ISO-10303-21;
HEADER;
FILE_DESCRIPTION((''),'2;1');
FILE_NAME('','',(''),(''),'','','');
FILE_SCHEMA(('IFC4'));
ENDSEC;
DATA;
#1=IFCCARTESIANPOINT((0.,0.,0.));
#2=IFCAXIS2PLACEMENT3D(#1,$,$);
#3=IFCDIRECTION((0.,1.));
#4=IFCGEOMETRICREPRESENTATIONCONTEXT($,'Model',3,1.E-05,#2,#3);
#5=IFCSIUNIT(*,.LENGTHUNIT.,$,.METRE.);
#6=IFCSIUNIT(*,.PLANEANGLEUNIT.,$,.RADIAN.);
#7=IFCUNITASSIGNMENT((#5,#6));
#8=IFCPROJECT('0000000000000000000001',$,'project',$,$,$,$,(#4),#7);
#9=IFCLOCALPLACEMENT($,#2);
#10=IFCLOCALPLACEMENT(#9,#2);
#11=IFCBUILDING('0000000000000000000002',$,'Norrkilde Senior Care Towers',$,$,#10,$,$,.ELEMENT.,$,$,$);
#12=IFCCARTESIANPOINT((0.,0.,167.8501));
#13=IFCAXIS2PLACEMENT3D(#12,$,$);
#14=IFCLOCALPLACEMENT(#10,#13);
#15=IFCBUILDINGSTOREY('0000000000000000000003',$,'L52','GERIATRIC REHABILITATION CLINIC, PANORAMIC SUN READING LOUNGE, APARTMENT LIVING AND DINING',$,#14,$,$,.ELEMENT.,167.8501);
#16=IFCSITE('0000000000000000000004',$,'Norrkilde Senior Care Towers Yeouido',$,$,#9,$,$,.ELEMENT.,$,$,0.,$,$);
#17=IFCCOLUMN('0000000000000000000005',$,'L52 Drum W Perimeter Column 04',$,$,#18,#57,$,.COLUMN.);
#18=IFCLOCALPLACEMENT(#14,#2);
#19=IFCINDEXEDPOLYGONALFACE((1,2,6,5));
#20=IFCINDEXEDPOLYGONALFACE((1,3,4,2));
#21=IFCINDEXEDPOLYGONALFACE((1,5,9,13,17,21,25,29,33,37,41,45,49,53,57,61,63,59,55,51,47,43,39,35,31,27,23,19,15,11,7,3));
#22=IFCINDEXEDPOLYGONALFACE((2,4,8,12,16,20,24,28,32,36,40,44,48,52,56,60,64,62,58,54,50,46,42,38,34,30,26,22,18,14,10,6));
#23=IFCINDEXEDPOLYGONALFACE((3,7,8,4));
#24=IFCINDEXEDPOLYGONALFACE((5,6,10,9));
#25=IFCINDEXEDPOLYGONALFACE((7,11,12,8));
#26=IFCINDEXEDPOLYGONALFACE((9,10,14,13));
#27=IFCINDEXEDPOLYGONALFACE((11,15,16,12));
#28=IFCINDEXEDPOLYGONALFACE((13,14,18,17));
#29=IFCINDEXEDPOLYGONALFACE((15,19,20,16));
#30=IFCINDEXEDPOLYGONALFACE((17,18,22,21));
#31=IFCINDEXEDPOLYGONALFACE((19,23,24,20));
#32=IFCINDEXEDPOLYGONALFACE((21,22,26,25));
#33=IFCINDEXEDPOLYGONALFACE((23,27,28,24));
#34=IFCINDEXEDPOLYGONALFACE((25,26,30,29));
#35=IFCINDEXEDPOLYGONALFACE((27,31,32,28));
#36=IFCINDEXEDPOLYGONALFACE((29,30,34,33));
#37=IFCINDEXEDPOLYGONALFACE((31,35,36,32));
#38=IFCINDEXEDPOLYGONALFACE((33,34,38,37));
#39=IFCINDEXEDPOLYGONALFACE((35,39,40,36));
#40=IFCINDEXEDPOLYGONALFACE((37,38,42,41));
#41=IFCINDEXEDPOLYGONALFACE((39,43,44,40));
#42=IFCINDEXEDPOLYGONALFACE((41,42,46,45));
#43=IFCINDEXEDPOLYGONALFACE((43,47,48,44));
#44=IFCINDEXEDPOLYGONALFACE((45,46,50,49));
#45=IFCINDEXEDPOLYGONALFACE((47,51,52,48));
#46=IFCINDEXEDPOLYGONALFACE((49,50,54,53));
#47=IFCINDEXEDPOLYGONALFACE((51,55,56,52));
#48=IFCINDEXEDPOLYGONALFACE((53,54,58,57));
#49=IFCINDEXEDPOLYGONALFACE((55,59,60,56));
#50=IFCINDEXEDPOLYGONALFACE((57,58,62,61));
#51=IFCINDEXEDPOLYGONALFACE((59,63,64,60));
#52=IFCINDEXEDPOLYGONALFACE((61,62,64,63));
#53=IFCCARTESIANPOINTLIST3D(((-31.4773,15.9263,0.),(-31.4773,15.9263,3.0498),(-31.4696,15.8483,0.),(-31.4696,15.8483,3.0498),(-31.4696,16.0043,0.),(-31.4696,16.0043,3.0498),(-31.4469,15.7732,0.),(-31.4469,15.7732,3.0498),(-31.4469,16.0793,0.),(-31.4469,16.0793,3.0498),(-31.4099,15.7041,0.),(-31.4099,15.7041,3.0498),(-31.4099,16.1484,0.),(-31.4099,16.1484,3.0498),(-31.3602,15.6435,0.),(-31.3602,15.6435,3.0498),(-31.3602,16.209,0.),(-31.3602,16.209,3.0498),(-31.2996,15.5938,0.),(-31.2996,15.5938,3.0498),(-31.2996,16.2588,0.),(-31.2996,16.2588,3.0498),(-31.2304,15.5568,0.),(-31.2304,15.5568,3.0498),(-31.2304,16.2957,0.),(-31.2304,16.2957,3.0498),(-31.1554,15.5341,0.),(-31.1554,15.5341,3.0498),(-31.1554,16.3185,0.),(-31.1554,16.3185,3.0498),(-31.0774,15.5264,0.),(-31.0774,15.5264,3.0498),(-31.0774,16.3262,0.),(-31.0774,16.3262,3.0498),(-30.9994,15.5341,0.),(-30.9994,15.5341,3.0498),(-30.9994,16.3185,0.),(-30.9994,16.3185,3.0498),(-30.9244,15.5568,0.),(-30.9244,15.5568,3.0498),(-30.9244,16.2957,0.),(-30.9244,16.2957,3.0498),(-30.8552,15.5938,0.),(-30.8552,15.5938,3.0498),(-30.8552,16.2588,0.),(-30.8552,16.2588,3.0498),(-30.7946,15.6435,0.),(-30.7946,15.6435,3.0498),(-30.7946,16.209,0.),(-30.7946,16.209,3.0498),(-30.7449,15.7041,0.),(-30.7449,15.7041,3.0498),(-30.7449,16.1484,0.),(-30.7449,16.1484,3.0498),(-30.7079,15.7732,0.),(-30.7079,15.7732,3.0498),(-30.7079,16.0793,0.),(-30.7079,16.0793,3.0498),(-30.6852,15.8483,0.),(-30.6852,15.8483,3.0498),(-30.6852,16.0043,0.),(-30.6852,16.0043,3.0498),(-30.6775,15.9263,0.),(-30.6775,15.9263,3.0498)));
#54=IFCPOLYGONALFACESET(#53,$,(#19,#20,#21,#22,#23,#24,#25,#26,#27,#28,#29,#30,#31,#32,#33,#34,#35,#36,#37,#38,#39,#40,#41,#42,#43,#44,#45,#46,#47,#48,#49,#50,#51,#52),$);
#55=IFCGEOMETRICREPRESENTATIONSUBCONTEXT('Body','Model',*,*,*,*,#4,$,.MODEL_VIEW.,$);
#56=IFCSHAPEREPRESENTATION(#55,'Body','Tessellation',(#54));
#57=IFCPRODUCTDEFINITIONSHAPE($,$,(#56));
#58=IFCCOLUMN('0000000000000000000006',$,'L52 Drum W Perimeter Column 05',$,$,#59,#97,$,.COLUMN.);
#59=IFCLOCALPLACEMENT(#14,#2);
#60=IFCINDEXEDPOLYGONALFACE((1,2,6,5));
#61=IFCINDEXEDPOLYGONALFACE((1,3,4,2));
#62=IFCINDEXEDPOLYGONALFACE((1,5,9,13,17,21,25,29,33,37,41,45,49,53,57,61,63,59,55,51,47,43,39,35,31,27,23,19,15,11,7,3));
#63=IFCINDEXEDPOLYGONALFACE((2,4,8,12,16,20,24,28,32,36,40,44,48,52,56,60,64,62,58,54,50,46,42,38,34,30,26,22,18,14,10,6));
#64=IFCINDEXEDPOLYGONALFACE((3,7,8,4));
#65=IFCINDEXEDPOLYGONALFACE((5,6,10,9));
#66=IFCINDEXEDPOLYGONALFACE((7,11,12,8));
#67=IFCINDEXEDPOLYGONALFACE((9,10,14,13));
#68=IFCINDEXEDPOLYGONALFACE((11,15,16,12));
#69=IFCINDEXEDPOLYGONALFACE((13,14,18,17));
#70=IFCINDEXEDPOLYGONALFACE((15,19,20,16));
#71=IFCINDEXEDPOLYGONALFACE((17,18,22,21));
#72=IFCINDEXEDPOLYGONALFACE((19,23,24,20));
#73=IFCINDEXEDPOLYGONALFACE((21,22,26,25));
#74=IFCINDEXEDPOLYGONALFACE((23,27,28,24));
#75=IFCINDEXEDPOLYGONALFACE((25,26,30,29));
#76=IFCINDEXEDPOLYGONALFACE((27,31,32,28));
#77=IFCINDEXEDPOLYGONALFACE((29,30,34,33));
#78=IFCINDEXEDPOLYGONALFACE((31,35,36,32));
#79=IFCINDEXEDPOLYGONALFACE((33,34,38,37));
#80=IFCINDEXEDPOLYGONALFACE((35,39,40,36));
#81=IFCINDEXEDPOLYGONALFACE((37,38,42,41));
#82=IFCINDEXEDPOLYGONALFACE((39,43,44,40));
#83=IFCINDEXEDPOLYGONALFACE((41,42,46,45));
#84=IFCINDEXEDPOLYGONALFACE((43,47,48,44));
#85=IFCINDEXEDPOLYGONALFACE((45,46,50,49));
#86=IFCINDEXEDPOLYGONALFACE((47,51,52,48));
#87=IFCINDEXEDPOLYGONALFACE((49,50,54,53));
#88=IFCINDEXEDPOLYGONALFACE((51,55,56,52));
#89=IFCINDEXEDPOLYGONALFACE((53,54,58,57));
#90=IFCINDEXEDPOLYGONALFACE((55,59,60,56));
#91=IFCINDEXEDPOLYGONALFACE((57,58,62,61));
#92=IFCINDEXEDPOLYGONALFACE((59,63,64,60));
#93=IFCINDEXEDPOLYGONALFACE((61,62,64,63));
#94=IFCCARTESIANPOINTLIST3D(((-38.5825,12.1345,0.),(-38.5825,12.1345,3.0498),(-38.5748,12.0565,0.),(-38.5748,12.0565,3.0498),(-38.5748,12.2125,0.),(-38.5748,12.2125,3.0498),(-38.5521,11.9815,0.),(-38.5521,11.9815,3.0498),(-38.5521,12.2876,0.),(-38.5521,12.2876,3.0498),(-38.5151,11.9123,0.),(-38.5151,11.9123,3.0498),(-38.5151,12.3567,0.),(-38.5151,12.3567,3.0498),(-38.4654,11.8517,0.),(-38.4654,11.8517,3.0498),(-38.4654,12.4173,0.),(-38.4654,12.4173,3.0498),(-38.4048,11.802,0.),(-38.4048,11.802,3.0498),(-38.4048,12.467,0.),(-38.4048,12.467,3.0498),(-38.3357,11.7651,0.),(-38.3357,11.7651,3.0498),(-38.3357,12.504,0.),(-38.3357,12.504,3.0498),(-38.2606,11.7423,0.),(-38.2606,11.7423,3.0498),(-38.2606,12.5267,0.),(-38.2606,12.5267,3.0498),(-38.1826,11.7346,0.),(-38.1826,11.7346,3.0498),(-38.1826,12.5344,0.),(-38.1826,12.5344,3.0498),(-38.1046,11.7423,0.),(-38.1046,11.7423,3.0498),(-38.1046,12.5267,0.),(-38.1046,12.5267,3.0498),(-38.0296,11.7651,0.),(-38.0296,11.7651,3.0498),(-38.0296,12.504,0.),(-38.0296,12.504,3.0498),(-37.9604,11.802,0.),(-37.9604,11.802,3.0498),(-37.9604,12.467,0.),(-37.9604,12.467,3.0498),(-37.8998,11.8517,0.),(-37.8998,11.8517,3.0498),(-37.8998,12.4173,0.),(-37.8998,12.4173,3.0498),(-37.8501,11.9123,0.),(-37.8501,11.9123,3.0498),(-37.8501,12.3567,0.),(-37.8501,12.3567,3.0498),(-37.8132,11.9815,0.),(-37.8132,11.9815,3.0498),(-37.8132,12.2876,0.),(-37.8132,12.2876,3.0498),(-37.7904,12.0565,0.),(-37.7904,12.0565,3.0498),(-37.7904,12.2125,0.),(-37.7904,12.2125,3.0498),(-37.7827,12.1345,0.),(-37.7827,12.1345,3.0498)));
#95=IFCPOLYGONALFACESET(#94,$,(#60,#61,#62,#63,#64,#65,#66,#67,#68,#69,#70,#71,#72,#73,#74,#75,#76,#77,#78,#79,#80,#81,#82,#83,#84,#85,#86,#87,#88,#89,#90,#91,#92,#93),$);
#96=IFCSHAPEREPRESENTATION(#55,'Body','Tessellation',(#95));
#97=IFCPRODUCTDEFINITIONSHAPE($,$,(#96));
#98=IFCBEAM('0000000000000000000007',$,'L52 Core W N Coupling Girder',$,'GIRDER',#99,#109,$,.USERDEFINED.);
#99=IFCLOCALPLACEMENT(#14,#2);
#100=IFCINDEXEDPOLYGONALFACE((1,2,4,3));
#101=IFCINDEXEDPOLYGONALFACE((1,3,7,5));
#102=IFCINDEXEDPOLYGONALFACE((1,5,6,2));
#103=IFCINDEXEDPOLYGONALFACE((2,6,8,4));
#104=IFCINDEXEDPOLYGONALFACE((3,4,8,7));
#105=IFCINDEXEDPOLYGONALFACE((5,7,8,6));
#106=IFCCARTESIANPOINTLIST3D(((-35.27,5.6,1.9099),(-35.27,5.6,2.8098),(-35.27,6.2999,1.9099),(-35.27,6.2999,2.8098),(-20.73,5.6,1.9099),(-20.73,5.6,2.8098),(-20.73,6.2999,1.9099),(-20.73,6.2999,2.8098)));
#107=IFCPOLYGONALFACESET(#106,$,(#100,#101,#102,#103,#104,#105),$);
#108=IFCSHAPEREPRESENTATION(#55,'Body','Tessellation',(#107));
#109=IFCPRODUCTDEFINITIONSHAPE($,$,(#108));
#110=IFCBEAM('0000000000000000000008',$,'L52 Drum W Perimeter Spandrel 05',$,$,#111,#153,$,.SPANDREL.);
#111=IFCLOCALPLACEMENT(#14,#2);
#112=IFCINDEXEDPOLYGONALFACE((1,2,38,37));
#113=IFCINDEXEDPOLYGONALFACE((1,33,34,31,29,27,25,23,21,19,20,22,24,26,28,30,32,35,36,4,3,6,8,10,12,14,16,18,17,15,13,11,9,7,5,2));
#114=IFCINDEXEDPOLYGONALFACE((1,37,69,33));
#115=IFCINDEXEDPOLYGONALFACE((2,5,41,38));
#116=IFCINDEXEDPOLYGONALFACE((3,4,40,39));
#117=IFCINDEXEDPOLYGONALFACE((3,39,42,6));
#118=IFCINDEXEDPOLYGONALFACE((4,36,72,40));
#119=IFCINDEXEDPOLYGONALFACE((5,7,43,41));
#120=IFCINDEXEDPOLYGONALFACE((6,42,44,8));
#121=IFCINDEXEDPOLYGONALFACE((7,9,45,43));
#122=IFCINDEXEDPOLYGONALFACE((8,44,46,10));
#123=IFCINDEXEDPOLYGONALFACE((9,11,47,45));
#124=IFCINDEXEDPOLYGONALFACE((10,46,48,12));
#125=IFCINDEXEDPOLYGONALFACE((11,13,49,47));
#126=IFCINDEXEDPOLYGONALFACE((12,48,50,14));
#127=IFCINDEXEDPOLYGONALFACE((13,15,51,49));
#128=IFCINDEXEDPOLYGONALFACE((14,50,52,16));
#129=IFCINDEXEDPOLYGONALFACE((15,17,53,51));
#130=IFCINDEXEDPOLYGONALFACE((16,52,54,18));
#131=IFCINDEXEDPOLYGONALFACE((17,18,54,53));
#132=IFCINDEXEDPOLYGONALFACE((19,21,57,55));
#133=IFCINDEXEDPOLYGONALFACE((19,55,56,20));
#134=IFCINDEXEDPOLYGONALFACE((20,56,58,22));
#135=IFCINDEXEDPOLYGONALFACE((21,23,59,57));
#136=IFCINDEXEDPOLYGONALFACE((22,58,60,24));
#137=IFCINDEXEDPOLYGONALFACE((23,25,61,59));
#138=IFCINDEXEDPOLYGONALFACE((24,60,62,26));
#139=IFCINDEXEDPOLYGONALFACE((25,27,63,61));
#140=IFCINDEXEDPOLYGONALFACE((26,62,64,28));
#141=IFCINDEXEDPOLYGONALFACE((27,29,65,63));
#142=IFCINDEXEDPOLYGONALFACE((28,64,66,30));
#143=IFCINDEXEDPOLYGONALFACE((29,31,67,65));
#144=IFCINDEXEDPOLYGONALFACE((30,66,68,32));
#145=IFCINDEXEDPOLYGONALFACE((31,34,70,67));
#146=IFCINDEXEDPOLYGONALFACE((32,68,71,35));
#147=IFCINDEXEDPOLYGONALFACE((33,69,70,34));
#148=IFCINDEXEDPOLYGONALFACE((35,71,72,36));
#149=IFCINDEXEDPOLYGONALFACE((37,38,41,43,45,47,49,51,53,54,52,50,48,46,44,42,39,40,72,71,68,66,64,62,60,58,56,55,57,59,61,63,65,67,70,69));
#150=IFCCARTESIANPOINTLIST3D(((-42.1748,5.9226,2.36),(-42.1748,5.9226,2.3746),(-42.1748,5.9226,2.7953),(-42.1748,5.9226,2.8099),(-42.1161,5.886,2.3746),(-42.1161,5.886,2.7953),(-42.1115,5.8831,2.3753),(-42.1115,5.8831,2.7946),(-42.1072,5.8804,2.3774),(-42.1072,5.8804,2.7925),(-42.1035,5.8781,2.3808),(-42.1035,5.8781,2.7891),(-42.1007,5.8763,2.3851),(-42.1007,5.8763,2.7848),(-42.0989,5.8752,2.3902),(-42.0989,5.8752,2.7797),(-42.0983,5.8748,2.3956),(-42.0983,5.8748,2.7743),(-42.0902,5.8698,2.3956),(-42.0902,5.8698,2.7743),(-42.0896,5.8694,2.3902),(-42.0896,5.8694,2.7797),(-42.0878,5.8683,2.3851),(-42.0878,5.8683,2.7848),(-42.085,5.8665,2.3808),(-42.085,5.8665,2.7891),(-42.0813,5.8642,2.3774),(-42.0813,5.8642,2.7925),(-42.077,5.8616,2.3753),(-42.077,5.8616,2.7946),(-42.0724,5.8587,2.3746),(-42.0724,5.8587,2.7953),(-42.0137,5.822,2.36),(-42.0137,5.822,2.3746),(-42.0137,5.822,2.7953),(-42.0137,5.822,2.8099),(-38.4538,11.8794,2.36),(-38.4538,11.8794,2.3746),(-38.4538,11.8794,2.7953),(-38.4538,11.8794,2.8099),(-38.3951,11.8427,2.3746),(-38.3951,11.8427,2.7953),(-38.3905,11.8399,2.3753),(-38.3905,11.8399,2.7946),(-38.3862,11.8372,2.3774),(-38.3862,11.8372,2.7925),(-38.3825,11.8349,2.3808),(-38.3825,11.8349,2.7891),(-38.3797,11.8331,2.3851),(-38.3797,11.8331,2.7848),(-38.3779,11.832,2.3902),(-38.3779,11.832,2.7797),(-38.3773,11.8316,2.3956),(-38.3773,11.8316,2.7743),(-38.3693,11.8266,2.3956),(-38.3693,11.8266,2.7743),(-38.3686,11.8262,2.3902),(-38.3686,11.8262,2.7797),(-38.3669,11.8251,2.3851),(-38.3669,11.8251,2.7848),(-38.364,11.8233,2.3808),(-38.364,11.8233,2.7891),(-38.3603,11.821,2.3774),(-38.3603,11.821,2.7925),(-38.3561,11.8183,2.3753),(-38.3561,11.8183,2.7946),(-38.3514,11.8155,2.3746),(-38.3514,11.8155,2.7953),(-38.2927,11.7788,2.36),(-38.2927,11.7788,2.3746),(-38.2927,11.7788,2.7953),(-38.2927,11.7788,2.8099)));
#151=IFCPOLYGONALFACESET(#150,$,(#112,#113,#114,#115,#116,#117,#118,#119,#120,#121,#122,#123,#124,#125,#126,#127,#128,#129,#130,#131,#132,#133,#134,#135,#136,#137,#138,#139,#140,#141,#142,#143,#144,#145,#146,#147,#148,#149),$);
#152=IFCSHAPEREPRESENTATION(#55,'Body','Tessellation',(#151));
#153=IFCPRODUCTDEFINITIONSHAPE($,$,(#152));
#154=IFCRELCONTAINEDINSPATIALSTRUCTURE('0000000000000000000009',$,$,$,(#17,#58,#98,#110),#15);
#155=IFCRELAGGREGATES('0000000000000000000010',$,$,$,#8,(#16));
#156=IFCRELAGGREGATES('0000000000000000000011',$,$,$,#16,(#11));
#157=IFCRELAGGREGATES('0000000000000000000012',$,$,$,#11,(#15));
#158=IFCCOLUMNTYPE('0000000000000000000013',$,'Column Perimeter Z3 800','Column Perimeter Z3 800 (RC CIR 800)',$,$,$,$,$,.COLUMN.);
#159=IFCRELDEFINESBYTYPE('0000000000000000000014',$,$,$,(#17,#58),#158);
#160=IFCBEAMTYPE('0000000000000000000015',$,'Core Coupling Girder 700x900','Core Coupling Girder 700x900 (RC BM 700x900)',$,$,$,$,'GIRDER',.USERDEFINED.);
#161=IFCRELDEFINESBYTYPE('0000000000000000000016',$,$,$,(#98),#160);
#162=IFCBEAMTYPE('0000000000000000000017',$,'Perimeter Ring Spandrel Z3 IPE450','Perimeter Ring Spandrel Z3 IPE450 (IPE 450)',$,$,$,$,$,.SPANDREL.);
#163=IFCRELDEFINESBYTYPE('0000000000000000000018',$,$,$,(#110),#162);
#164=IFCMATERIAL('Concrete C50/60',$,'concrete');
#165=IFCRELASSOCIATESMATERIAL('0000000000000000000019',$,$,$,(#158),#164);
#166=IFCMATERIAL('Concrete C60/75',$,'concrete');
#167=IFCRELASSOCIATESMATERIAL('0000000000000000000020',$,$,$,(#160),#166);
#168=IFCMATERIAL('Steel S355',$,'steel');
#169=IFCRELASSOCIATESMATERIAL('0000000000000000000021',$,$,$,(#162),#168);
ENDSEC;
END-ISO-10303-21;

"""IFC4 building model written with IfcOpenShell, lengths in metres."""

from ifc_helpers import new_model, si_unit, direction, frame, origin, origin_2d, place, context, subcontext, project, spatial, rectangle, circle, i_section, extrude, source, transform, mapped, material, material_profile, profile_set, type_object, type_shapes, element, save


model = new_model("IFC4")

# Units and contexts
model_context = context("Model", 3, precision=1e-05, world=origin(), true_north=direction((0.0, 1.0)))
body_context = subcontext(model_context, "Body", "Model", "MODEL_VIEW")
ifc_project = project(units=[si_unit("LENGTHUNIT", "METRE"), si_unit("PLANEANGLEUNIT", "RADIAN")], contexts=[model_context])

# Site, building, storey
site_placement = place(None, origin())
site = spatial("IfcSite", under=ifc_project, at=site_placement, Name="Norrkilde Senior Care Towers Yeouido", CompositionType="ELEMENT", RefElevation=0.0)
building_placement = place(site_placement, origin())
building = spatial("IfcBuilding", under=site, at=building_placement, Name="Norrkilde Senior Care Towers", CompositionType="ELEMENT")
storey_placement = place(building_placement, frame((0.0, 0.0, 167.8501)))
storey = spatial("IfcBuildingStorey", under=building, at=storey_placement, Name="L52", Description="GERIATRIC REHABILITATION CLINIC, PANORAMIC SUN READING LOUNGE, APARTMENT LIVING AND DINING", CompositionType="ELEMENT", Elevation=167.8501)

# Columns
ifc_material_1 = material(Name="Concrete C50/60", Category="concrete")
ifc_material_profile_1 = material_profile(ifc_material_1, circle(Radius=0.3999, at=origin_2d()), Name="RC CIR 800")
ifc_profile_set_1 = profile_set([ifc_material_profile_1], Name="Concrete C50/60")
column_type = type_object("IfcColumnType", Name="Column Perimeter Z3 800", Description="Column Perimeter Z3 800 (RC CIR 800)", PredefinedType="COLUMN", material=ifc_profile_set_1)
shared_shape_1 = source(origin(), body_context, "Body", "SweptSolid", [
    extrude(circle(Radius=0.3999, at=origin_2d()), origin(), (0.0, 0.0, 1.0), 3.0498),
])
type_shapes(column_type, [shared_shape_1])
for number, where, z_axis, x_axis, name in (
    (1, (-31.0774, 15.9263, 0.0), (0.0, 0.0, 1.0), (1.0, 0.0, 0.0), "L52 Drum W Perimeter Column 04"),
    (2, (-38.1826, 12.1345, 0.0), (0.0, 0.0, 1.0), (1.0, 0.0, 0.0), "L52 Drum W Perimeter Column 05"),
):
    element("IfcColumn", number, at=place(storey_placement, frame(where, z_axis=z_axis, x_axis=x_axis)), inside=storey, type_object=column_type, Name=name, PredefinedType="COLUMN", context=body_context, shape_type="MappedRepresentation", body=[
        mapped(shared_shape_1, transform((0.0, 0.0, 0.0), x_axis=(1.0, 0.0, 0.0), y_axis=(0.0, 1.0, 0.0), z_axis=(0.0, 0.0, 1.0), scale=1.0)),
    ])

# Beams
ifc_material_2 = material(Name="Concrete C60/75", Category="concrete")
ifc_material_profile_2 = material_profile(ifc_material_2, rectangle(XDim=0.7, YDim=0.8999, at=origin_2d()), Name="RC BM 700x900")
ifc_profile_set_2 = profile_set([ifc_material_profile_2], Name="Concrete C60/75")
beam_type_1 = type_object("IfcBeamType", Name="Core Coupling Girder 700x900", Description="Core Coupling Girder 700x900 (RC BM 700x900)", ElementType="GIRDER", PredefinedType="USERDEFINED", material=ifc_profile_set_2)
shared_shape_2 = source(origin(), body_context, "Body", "SweptSolid", [
    extrude(rectangle(XDim=0.7, YDim=0.8999, at=origin_2d()), origin(), (0.0, 0.0, 1.0), 14.54),
])
type_shapes(beam_type_1, [shared_shape_2])
beam_1_placement = place(storey_placement, frame((-35.27, 5.95, 2.3599), z_axis=(1.0, 0.0, 0.0), x_axis=(0.0, 1.0, 0.0)))
element("IfcBeam", 3, at=beam_1_placement, inside=storey, type_object=beam_type_1, Name="L52 Core W N Coupling Girder", ObjectType="GIRDER", PredefinedType="USERDEFINED", context=body_context, shape_type="MappedRepresentation", body=[
    mapped(shared_shape_2, transform((0.0, 0.0, 0.0), x_axis=(1.0, 0.0, 0.0), y_axis=(0.0, 1.0, 0.0), z_axis=(0.0, 0.0, 1.0), scale=1.0)),
])
ifc_material_3 = material(Name="Steel S355", Category="steel")
ifc_material_profile_3 = material_profile(ifc_material_3, i_section(OverallWidth=0.1899, OverallDepth=0.45, WebThickness=0.0095, FlangeThickness=0.0146, FilletRadius=0.021, at=origin_2d()), Name="IPE 450")
ifc_profile_set_3 = profile_set([ifc_material_profile_3], Name="Steel S355")
beam_type_2 = type_object("IfcBeamType", Name="Perimeter Ring Spandrel Z3 IPE450", Description="Perimeter Ring Spandrel Z3 IPE450 (IPE 450)", PredefinedType="SPANDREL", material=ifc_profile_set_3)
shared_shape_3 = source(origin(), body_context, "Body", "SweptSolid", [
    extrude(i_section(OverallWidth=0.1899, OverallDepth=0.45, WebThickness=0.0095, FlangeThickness=0.0146, FilletRadius=0.021, at=origin_2d()), origin(), (0.0, 0.0, 1.0), 7.0234),
])
beam_2_placement = place(storey_placement, frame((-38.3733, 11.8291, 2.585), z_axis=(-0.52979, -0.848129, 0.0), x_axis=(0.848129, -0.52979, 0.0)))
element("IfcBeam", 4, at=beam_2_placement, inside=storey, type_object=beam_type_2, Name="L52 Drum W Perimeter Spandrel 05", PredefinedType="SPANDREL", context=body_context, shape_type="MappedRepresentation", body=[
    mapped(shared_shape_3, transform((0.0, 0.0, 0.0), x_axis=(1.0, 0.0, 0.0), y_axis=(0.0, 1.0, 0.0), z_axis=(0.0, 0.0, 1.0), scale=1.0)),
])

save(model, "model.ifc")
